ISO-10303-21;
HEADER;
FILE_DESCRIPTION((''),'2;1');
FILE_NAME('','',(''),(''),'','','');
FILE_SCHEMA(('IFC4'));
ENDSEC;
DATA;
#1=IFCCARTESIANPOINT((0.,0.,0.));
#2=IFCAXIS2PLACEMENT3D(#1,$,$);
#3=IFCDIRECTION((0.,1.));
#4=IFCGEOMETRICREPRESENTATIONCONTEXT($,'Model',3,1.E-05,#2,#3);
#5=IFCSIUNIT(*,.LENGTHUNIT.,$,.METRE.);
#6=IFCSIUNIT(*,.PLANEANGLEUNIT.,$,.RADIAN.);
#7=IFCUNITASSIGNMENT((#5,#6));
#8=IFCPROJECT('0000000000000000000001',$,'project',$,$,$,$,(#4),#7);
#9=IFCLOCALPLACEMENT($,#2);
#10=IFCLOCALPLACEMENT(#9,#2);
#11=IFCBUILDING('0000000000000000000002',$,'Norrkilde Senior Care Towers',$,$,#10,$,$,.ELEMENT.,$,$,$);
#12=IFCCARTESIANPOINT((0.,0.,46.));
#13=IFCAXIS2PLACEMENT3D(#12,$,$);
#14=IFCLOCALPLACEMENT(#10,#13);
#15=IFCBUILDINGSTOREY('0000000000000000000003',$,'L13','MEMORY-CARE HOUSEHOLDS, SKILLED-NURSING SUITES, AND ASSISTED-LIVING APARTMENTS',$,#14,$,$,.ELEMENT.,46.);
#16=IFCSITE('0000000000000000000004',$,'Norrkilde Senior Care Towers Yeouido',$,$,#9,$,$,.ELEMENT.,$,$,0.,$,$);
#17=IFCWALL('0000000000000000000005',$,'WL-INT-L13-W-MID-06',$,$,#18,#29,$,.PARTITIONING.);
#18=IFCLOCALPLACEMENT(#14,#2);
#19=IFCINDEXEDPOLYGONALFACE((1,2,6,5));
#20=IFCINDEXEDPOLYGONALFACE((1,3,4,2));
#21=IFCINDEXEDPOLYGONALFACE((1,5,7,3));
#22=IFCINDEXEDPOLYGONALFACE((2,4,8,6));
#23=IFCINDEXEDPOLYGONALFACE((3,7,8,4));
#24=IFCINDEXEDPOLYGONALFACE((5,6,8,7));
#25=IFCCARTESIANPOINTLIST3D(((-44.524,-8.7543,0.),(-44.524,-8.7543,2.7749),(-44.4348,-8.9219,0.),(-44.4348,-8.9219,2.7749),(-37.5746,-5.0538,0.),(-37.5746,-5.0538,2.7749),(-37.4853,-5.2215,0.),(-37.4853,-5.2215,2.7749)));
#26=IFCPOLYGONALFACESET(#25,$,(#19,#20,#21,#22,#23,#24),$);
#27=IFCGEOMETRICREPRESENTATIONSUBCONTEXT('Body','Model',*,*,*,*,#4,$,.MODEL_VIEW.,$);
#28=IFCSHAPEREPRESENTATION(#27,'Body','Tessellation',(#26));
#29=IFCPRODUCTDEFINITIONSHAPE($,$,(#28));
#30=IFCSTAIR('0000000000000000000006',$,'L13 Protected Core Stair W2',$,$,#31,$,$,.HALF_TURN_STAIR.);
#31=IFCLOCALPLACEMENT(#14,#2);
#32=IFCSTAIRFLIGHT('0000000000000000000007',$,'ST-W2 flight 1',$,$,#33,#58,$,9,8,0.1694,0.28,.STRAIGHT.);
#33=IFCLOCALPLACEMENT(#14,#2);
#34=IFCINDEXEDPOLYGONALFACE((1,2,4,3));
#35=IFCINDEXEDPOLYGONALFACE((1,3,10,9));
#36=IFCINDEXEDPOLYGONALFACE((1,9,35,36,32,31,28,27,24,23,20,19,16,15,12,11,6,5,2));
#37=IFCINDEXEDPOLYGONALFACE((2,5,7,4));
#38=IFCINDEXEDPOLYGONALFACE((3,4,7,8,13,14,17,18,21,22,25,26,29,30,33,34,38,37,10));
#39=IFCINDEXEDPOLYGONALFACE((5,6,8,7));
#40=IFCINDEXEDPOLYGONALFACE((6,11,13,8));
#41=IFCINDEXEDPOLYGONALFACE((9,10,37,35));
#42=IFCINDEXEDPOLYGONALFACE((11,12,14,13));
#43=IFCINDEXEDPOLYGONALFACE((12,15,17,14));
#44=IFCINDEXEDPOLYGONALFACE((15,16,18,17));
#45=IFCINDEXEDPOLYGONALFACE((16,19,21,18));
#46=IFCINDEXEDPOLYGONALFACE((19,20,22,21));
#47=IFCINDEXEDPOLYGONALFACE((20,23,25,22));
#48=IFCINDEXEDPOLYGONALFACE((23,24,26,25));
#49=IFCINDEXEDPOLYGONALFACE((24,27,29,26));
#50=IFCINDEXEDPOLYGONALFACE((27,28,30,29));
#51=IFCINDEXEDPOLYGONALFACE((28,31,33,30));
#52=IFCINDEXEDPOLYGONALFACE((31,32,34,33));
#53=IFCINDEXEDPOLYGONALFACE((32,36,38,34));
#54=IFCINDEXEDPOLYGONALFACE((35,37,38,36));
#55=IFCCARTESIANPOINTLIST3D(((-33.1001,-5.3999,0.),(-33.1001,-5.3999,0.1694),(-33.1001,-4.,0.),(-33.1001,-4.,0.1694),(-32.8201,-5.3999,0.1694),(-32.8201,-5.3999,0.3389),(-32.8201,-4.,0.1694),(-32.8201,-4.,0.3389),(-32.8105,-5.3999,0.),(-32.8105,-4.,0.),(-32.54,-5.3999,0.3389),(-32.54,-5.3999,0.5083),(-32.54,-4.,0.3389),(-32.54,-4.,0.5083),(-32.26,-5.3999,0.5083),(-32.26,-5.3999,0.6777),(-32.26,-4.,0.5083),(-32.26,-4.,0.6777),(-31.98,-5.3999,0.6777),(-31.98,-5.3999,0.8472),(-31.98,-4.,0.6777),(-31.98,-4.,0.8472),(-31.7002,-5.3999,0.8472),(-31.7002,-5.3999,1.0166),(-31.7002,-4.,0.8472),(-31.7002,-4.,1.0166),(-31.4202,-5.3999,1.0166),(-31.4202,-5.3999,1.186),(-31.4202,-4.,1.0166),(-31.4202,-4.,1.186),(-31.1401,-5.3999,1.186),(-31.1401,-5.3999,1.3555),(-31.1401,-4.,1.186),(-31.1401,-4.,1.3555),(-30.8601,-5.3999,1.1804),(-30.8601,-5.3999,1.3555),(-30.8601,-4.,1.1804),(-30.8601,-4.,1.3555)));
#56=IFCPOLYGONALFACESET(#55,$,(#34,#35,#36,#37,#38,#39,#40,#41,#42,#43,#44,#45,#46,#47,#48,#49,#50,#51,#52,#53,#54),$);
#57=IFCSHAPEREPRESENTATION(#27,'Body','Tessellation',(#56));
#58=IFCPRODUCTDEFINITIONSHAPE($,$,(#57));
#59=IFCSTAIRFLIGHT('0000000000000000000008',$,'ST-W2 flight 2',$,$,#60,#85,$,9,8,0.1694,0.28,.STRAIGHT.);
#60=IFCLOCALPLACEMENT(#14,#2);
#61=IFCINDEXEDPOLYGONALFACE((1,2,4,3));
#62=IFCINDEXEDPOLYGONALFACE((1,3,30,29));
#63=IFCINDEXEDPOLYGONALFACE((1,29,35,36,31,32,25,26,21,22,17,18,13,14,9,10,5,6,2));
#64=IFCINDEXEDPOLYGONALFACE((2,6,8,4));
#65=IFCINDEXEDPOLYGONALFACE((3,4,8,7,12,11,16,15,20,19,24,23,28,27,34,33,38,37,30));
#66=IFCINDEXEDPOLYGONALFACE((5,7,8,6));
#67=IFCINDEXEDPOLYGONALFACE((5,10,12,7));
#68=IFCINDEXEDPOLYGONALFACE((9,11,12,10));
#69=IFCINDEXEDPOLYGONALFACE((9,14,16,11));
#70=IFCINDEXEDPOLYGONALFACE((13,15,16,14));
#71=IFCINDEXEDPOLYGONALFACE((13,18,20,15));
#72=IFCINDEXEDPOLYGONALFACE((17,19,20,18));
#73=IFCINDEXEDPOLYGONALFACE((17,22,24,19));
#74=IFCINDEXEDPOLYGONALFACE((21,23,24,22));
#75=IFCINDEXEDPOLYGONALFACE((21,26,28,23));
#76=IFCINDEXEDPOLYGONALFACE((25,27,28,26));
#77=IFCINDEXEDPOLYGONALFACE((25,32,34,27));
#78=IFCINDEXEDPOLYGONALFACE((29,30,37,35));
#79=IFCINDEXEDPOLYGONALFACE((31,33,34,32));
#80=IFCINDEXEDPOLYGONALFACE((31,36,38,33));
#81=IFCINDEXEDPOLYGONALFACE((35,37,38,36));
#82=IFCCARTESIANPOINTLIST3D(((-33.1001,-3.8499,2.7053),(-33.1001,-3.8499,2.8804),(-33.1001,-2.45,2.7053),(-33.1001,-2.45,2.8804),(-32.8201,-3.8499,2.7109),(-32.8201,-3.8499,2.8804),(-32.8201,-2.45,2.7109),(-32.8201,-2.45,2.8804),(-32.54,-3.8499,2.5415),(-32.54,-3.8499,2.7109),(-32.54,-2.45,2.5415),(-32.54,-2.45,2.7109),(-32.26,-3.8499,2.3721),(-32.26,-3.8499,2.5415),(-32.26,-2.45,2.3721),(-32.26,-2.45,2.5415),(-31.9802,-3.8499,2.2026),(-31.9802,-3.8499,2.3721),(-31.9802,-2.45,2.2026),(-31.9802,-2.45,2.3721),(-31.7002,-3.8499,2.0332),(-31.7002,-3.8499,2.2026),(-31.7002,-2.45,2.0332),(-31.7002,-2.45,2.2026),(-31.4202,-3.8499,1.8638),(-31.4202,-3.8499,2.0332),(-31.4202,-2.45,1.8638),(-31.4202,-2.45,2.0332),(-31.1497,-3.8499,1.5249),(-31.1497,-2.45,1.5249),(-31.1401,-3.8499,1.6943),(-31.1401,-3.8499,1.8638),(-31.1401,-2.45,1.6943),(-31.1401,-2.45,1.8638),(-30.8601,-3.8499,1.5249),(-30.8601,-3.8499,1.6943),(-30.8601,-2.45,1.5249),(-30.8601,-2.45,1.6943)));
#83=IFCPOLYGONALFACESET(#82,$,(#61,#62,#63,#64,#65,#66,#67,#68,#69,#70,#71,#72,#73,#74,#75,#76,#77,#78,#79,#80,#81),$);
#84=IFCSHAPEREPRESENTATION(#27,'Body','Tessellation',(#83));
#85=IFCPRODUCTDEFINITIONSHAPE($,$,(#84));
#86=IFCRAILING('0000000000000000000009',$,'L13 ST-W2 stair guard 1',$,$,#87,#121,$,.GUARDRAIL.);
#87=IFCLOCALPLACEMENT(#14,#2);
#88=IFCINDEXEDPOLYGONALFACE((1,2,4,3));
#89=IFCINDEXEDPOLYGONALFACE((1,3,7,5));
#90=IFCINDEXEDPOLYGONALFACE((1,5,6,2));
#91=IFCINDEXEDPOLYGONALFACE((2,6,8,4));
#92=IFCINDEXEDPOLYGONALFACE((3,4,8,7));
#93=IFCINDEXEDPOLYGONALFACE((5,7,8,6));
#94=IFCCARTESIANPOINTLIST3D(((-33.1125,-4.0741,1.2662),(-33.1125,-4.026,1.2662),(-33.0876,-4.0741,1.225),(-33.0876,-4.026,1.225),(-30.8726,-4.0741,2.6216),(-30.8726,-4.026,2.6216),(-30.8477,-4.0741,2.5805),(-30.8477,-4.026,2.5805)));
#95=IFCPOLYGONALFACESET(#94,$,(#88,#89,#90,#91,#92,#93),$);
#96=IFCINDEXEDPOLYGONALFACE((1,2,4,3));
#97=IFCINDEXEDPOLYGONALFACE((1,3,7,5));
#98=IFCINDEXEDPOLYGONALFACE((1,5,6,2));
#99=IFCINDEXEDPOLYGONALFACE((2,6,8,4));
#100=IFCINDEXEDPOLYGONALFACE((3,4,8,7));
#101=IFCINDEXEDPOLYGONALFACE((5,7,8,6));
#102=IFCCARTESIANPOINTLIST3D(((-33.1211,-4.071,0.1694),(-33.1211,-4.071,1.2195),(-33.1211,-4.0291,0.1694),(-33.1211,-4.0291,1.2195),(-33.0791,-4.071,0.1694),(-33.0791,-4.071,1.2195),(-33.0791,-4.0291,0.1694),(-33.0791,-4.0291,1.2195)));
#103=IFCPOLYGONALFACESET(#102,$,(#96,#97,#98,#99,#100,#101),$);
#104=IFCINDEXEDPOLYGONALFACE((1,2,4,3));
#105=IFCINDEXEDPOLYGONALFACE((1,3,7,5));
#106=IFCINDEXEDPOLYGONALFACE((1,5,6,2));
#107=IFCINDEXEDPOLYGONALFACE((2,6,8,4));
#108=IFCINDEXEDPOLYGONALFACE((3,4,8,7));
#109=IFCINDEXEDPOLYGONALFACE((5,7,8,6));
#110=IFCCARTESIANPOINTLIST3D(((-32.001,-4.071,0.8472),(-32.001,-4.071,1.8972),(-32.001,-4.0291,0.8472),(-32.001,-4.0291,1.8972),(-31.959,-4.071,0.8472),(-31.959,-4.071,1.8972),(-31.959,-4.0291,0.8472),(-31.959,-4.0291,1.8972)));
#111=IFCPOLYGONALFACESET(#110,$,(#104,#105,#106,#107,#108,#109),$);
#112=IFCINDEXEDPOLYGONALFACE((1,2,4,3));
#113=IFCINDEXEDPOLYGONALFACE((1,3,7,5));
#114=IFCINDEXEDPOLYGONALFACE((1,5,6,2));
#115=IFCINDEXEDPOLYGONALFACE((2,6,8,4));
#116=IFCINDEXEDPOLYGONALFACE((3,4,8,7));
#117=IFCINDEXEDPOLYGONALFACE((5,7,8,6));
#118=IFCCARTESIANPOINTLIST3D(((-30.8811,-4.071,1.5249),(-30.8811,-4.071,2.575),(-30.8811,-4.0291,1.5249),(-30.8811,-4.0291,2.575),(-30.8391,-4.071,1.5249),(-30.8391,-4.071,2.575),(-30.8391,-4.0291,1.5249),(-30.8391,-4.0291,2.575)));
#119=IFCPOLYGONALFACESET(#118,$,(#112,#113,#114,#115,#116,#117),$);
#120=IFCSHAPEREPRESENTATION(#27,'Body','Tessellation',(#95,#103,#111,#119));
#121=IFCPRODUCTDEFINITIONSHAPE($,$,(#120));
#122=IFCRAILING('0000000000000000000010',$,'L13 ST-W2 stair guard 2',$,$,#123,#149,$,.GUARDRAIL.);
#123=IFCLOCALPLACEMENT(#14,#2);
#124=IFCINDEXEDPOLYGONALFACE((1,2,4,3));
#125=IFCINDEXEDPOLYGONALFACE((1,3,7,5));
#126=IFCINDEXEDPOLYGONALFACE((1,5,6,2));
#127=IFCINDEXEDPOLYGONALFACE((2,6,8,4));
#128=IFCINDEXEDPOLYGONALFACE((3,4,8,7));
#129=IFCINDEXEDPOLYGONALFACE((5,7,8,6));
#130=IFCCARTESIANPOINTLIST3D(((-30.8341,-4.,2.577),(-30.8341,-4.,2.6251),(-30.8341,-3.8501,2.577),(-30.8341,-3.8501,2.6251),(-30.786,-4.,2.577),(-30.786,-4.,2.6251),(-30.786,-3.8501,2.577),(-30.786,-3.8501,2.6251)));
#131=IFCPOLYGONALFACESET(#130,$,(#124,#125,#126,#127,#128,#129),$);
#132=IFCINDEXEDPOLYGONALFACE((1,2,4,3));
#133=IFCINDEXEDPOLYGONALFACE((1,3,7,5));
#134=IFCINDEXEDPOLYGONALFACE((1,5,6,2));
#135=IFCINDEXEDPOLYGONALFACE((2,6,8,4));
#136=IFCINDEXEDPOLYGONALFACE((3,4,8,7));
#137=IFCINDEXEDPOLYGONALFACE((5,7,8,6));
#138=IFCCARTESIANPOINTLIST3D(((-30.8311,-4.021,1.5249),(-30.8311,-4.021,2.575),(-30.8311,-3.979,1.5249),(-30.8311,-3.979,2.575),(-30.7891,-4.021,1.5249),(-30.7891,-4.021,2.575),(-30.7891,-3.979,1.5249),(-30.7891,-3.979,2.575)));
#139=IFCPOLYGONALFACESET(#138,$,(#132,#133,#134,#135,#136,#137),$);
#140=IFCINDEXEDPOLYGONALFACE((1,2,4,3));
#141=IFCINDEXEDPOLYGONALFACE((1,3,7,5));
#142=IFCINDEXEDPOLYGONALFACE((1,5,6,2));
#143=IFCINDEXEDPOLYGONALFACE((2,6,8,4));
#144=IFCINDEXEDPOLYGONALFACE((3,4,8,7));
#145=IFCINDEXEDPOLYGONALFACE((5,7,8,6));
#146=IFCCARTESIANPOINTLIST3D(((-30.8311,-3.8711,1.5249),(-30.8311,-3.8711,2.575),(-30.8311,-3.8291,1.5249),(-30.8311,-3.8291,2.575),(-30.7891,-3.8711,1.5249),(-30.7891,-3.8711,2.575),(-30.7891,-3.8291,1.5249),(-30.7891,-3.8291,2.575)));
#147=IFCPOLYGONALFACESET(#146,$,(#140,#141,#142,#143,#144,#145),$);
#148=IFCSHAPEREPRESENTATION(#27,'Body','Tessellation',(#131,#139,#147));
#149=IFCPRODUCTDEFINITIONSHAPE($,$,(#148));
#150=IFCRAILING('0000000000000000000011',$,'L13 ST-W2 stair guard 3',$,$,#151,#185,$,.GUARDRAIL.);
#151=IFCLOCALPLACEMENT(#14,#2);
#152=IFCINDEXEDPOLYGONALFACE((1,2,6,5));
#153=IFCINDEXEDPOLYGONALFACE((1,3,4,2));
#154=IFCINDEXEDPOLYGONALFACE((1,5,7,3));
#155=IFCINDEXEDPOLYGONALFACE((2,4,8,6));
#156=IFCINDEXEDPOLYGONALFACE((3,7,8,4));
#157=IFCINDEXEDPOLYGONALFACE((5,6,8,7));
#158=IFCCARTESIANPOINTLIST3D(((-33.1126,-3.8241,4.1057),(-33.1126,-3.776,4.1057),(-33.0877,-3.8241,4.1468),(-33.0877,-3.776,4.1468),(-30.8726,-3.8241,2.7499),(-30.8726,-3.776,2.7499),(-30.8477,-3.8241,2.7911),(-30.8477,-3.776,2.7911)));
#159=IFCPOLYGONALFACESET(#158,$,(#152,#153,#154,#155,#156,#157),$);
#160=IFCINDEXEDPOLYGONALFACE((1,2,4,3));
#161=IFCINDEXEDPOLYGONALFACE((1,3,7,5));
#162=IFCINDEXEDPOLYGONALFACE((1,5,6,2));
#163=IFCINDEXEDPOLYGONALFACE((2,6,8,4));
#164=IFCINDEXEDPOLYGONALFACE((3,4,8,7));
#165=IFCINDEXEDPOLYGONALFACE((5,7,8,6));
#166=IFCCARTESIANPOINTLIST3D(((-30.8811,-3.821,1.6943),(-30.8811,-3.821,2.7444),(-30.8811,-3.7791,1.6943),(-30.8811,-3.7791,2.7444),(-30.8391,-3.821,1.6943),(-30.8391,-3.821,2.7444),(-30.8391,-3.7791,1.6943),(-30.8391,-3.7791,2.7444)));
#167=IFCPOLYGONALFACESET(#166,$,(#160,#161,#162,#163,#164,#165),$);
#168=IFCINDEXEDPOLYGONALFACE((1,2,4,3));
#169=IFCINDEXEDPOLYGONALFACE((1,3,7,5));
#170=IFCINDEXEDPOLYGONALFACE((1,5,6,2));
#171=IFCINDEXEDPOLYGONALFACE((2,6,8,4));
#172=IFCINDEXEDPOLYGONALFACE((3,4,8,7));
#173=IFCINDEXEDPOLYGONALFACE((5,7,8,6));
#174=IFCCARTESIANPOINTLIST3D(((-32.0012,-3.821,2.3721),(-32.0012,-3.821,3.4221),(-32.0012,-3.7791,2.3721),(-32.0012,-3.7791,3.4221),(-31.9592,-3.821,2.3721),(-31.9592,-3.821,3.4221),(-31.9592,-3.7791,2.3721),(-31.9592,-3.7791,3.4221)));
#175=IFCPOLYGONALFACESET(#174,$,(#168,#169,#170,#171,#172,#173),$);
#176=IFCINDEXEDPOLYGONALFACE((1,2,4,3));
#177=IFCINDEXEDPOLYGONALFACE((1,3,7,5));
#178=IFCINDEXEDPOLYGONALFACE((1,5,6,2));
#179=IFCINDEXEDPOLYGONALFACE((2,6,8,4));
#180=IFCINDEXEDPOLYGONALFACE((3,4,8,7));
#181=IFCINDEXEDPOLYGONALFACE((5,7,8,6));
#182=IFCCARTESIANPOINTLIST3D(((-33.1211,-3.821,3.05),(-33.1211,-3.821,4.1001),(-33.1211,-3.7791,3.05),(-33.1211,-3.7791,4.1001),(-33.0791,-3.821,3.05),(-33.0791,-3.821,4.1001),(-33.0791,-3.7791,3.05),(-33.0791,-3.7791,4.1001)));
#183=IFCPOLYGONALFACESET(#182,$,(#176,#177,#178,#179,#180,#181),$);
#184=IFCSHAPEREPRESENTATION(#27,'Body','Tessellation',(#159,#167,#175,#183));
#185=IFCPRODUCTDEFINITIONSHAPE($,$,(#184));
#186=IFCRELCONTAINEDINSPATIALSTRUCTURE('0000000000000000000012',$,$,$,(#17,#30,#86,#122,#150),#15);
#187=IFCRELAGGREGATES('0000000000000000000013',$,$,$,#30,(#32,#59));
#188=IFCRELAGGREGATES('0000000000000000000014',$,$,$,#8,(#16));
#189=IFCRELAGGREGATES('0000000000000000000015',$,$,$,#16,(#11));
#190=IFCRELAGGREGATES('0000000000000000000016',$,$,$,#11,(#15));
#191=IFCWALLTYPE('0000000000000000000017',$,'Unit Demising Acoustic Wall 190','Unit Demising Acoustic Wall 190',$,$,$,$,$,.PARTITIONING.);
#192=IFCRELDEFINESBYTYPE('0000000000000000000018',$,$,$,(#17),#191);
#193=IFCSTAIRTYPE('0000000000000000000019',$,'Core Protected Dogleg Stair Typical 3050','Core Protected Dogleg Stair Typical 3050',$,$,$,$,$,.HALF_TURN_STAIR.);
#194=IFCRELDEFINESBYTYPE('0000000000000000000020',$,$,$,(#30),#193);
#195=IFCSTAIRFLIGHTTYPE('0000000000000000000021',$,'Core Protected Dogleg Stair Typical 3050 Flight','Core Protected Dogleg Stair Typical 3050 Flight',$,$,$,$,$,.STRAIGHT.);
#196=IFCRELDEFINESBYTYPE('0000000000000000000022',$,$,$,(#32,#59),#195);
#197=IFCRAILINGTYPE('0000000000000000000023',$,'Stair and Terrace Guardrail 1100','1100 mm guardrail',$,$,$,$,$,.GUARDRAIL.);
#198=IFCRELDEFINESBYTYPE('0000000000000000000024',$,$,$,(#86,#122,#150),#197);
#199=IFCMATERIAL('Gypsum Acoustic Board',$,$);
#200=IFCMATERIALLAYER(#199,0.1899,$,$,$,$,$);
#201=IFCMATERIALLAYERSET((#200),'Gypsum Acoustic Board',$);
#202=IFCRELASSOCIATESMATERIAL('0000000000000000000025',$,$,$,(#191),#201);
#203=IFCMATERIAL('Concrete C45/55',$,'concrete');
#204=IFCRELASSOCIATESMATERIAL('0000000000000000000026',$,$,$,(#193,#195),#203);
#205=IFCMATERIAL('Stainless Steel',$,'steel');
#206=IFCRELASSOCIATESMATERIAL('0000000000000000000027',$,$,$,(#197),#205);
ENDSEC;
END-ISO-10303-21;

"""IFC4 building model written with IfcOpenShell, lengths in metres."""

from ifc_helpers import new_model, si_unit, direction, frame, frame_2d, origin, origin_2d, place, context, subcontext, project, spatial, polyline, rectangle, outline, extrude, source, transform, mapped, material, layer, layer_set, type_object, element, aggregate, save


model = new_model("IFC4")

# Units and contexts
model_context = context("Model", 3, precision=1e-05, world=origin(), true_north=direction((0.0, 1.0)))
body_context = subcontext(model_context, "Body", "Model", "MODEL_VIEW")
ifc_project = project(units=[si_unit("LENGTHUNIT", "METRE"), si_unit("PLANEANGLEUNIT", "RADIAN")], contexts=[model_context])

# Site, building, storey
site_placement = place(None, origin())
site = spatial("IfcSite", under=ifc_project, at=site_placement, Name="Norrkilde Senior Care Towers Yeouido", CompositionType="ELEMENT", RefElevation=0.0)
building_placement = place(site_placement, origin())
building = spatial("IfcBuilding", under=site, at=building_placement, Name="Norrkilde Senior Care Towers", CompositionType="ELEMENT")
storey_placement = place(building_placement, frame((0.0, 0.0, 46.0)))
storey = spatial("IfcBuildingStorey", under=building, at=storey_placement, Name="L13", Description="MEMORY-CARE HOUSEHOLDS, SKILLED-NURSING SUITES, AND ASSISTED-LIVING APARTMENTS", CompositionType="ELEMENT", Elevation=46.0)

# Shared definitions
ifc_material_1 = material(Name="Concrete C45/55", Category="concrete")
ifc_material_2 = material(Name="Stainless Steel", Category="steel")

# Wall
ifc_material_3 = material(Name="Gypsum Acoustic Board")
ifc_layer_1 = layer(ifc_material_3, 0.1899)
ifc_layer_set_1 = layer_set([ifc_layer_1], Name="Gypsum Acoustic Board")
wall_type_1 = type_object("IfcWallType", Name="Unit Demising Acoustic Wall 190", Description="Unit Demising Acoustic Wall 190", PredefinedType="PARTITIONING", material=ifc_layer_set_1)
shared_shape_1 = source(origin(), body_context, "Body", "SweptSolid", [
    extrude(rectangle(XDim=7.8733, YDim=0.1899, at=frame_2d((3.9365, 0.0))), origin(), (0.0, 0.0, 1.0), 2.7749),
])
wall_1_placement = place(storey_placement, frame((-37.53, -5.1377, 0.0), z_axis=(0.0, 0.0, 1.0), x_axis=(-0.882666, -0.470001, 0.0)))
element("IfcWall", 1, at=wall_1_placement, inside=storey, type_object=wall_type_1, Name="WL-INT-L13-W-MID-06", PredefinedType="PARTITIONING", context=body_context, shape_type="MappedRepresentation", body=[
    mapped(shared_shape_1, transform((0.0, 0.0, 0.0), x_axis=(1.0, 0.0, 0.0), y_axis=(0.0, 1.0, 0.0), z_axis=(0.0, 0.0, 1.0), scale=1.0)),
])

# Stair, stair flights
stair_type = type_object("IfcStairType", Name="Core Protected Dogleg Stair Typical 3050", Description="Core Protected Dogleg Stair Typical 3050", PredefinedType="HALF_TURN_STAIR", material=ifc_material_1)
stair_placement = place(storey_placement, origin())
stair = element("IfcStair", 2, at=stair_placement, inside=storey, type_object=stair_type, Name="L13 Protected Core Stair W2", PredefinedType="HALF_TURN_STAIR")
stair_flight_type = type_object("IfcStairFlightType", Name="Core Protected Dogleg Stair Typical 3050 Flight", Description="Core Protected Dogleg Stair Typical 3050 Flight", PredefinedType="STRAIGHT", material=ifc_material_1)
stair_flight_1_placement = place(storey_placement, frame((-33.1001, -4.7, 0.0), z_axis=(0.0, 0.0, 1.0), x_axis=(1.0, 0.0, 0.0)))
stair_flight_1 = element("IfcStairFlight", 3, at=stair_flight_1_placement, type_object=stair_flight_type, Name="ST-W2 flight 1", NumberOfRisers=9, NumberOfTreads=8, PredefinedType="STRAIGHT", RiserHeight=0.1694, TreadLength=0.28, context=body_context, shape_type="SweptSolid", body=[
    extrude(outline(polyline([(0.0, 0.0), (0.0, 0.1694), (0.28, 0.1694), (0.28, 0.3389), (0.5601, 0.3389), (0.5601, 0.5083), (0.8401, 0.5083), (0.8401, 0.6777), (1.1201, 0.6777), (1.1201, 0.8472), (1.3999, 0.8472), (1.3999, 1.0166), (1.6799, 1.0166), (1.6799, 1.186), (1.96, 1.186), (1.96, 1.3555), (2.24, 1.3555), (2.24, 1.5249), (2.24, 1.1804), (0.2896, 0.0), (0.0, 0.0)])), frame((0.0, 0.7, 0.0), z_axis=(0.0, -1.0, 0.0), x_axis=(1.0, 0.0, 0.0)), (0.0, 0.0, 1.0), 1.3999),
])
stair_flight_2_placement = place(storey_placement, frame((-30.8601, -3.1499, 1.5249), z_axis=(0.0, 0.0, 1.0), x_axis=(-1.0, 0.0, 0.0)))
stair_flight_2 = element("IfcStairFlight", 4, at=stair_flight_2_placement, type_object=stair_flight_type, Name="ST-W2 flight 2", NumberOfRisers=9, NumberOfTreads=8, PredefinedType="STRAIGHT", RiserHeight=0.1694, TreadLength=0.28, context=body_context, shape_type="SweptSolid", body=[
    extrude(outline(polyline([(0.0, 0.0), (0.0, 0.1694), (0.28, 0.1694), (0.28, 0.3389), (0.5601, 0.3389), (0.5601, 0.5083), (0.8401, 0.5083), (0.8401, 0.6777), (1.1201, 0.6777), (1.1201, 0.8472), (1.3999, 0.8472), (1.3999, 1.0166), (1.6799, 1.0166), (1.6799, 1.186), (1.96, 1.186), (1.96, 1.3555), (2.24, 1.3555), (2.24, 1.5249), (2.24, 1.1804), (0.2896, 0.0), (0.0, 0.0)])), frame((0.0, 0.7, 0.0), z_axis=(0.0, -1.0, 0.0), x_axis=(1.0, 0.0, 0.0)), (0.0, 0.0, 1.0), 1.3999),
])
aggregate(stair, [stair_flight_1, stair_flight_2])

# Railings
railing_type_1 = type_object("IfcRailingType", Name="Stair and Terrace Guardrail 1100", Description="1100 mm guardrail", PredefinedType="GUARDRAIL", material=ifc_material_2)
railing_1_placement = place(storey_placement, frame((-33.1001, -4.05, 0.1694)))
element("IfcRailing", 5, at=railing_1_placement, inside=storey, type_object=railing_type_1, Name="L13 ST-W2 stair guard 1", PredefinedType="GUARDRAIL", context=body_context, shape_type="SweptSolid", body=[
    extrude(rectangle(XDim=0.0481, YDim=0.0481, at=origin_2d()), frame((0.0, 0.0, 1.0762), z_axis=(0.855553, 0.0, 0.517715), x_axis=(0.0, 1.0, 0.0)), (0.0, 0.0, 1.0), 2.6182),
    extrude(rectangle(XDim=0.042, YDim=0.042, at=origin_2d()), origin(), (0.0, 0.0, 1.0), 1.05),
    extrude(rectangle(XDim=0.042, YDim=0.042, at=origin_2d()), frame((1.1201, 0.0, 0.6777)), (0.0, 0.0, 1.0), 1.05),
    extrude(rectangle(XDim=0.042, YDim=0.042, at=origin_2d()), frame((2.24, 0.0, 1.3555)), (0.0, 0.0, 1.0), 1.05),
])
railing_2_placement = place(storey_placement, frame((-30.8101, -4.0, 1.5249)))
element("IfcRailing", 6, at=railing_2_placement, inside=storey, type_object=railing_type_1, Name="L13 ST-W2 stair guard 2", PredefinedType="GUARDRAIL", context=body_context, shape_type="SweptSolid", body=[
    extrude(rectangle(XDim=0.0481, YDim=0.0481, at=origin_2d()), frame((0.0, 0.0, 1.0762), z_axis=(0.0, 1.0, 0.0), x_axis=(-1.0, 0.0, 0.0)), (0.0, 0.0, 1.0), 0.1499),
    extrude(rectangle(XDim=0.042, YDim=0.042, at=origin_2d()), origin(), (0.0, 0.0, 1.0), 1.05),
    extrude(rectangle(XDim=0.042, YDim=0.042, at=origin_2d()), frame((0.0, 0.1499, 0.0)), (0.0, 0.0, 1.0), 1.05),
])
railing_3_placement = place(storey_placement, frame((-30.8601, -3.8, 1.6943)))
element("IfcRailing", 7, at=railing_3_placement, inside=storey, type_object=railing_type_1, Name="L13 ST-W2 stair guard 3", PredefinedType="GUARDRAIL", context=body_context, shape_type="SweptSolid", body=[
    extrude(rectangle(XDim=0.0481, YDim=0.0481, at=origin_2d()), frame((0.0, 0.0, 1.0762), z_axis=(-0.855512, 0.0, 0.517783), x_axis=(0.0, -1.0, 0.0)), (0.0, 0.0, 1.0), 2.6184),
    extrude(rectangle(XDim=0.042, YDim=0.042, at=origin_2d()), origin(), (0.0, 0.0, 1.0), 1.05),
    extrude(rectangle(XDim=0.042, YDim=0.042, at=origin_2d()), frame((-1.1201, 0.0, 0.6777)), (0.0, 0.0, 1.0), 1.05),
    extrude(rectangle(XDim=0.042, YDim=0.042, at=origin_2d()), frame((-2.24, 0.0, 1.3557)), (0.0, 0.0, 1.0), 1.05),
])

save(model, "model.ifc")
